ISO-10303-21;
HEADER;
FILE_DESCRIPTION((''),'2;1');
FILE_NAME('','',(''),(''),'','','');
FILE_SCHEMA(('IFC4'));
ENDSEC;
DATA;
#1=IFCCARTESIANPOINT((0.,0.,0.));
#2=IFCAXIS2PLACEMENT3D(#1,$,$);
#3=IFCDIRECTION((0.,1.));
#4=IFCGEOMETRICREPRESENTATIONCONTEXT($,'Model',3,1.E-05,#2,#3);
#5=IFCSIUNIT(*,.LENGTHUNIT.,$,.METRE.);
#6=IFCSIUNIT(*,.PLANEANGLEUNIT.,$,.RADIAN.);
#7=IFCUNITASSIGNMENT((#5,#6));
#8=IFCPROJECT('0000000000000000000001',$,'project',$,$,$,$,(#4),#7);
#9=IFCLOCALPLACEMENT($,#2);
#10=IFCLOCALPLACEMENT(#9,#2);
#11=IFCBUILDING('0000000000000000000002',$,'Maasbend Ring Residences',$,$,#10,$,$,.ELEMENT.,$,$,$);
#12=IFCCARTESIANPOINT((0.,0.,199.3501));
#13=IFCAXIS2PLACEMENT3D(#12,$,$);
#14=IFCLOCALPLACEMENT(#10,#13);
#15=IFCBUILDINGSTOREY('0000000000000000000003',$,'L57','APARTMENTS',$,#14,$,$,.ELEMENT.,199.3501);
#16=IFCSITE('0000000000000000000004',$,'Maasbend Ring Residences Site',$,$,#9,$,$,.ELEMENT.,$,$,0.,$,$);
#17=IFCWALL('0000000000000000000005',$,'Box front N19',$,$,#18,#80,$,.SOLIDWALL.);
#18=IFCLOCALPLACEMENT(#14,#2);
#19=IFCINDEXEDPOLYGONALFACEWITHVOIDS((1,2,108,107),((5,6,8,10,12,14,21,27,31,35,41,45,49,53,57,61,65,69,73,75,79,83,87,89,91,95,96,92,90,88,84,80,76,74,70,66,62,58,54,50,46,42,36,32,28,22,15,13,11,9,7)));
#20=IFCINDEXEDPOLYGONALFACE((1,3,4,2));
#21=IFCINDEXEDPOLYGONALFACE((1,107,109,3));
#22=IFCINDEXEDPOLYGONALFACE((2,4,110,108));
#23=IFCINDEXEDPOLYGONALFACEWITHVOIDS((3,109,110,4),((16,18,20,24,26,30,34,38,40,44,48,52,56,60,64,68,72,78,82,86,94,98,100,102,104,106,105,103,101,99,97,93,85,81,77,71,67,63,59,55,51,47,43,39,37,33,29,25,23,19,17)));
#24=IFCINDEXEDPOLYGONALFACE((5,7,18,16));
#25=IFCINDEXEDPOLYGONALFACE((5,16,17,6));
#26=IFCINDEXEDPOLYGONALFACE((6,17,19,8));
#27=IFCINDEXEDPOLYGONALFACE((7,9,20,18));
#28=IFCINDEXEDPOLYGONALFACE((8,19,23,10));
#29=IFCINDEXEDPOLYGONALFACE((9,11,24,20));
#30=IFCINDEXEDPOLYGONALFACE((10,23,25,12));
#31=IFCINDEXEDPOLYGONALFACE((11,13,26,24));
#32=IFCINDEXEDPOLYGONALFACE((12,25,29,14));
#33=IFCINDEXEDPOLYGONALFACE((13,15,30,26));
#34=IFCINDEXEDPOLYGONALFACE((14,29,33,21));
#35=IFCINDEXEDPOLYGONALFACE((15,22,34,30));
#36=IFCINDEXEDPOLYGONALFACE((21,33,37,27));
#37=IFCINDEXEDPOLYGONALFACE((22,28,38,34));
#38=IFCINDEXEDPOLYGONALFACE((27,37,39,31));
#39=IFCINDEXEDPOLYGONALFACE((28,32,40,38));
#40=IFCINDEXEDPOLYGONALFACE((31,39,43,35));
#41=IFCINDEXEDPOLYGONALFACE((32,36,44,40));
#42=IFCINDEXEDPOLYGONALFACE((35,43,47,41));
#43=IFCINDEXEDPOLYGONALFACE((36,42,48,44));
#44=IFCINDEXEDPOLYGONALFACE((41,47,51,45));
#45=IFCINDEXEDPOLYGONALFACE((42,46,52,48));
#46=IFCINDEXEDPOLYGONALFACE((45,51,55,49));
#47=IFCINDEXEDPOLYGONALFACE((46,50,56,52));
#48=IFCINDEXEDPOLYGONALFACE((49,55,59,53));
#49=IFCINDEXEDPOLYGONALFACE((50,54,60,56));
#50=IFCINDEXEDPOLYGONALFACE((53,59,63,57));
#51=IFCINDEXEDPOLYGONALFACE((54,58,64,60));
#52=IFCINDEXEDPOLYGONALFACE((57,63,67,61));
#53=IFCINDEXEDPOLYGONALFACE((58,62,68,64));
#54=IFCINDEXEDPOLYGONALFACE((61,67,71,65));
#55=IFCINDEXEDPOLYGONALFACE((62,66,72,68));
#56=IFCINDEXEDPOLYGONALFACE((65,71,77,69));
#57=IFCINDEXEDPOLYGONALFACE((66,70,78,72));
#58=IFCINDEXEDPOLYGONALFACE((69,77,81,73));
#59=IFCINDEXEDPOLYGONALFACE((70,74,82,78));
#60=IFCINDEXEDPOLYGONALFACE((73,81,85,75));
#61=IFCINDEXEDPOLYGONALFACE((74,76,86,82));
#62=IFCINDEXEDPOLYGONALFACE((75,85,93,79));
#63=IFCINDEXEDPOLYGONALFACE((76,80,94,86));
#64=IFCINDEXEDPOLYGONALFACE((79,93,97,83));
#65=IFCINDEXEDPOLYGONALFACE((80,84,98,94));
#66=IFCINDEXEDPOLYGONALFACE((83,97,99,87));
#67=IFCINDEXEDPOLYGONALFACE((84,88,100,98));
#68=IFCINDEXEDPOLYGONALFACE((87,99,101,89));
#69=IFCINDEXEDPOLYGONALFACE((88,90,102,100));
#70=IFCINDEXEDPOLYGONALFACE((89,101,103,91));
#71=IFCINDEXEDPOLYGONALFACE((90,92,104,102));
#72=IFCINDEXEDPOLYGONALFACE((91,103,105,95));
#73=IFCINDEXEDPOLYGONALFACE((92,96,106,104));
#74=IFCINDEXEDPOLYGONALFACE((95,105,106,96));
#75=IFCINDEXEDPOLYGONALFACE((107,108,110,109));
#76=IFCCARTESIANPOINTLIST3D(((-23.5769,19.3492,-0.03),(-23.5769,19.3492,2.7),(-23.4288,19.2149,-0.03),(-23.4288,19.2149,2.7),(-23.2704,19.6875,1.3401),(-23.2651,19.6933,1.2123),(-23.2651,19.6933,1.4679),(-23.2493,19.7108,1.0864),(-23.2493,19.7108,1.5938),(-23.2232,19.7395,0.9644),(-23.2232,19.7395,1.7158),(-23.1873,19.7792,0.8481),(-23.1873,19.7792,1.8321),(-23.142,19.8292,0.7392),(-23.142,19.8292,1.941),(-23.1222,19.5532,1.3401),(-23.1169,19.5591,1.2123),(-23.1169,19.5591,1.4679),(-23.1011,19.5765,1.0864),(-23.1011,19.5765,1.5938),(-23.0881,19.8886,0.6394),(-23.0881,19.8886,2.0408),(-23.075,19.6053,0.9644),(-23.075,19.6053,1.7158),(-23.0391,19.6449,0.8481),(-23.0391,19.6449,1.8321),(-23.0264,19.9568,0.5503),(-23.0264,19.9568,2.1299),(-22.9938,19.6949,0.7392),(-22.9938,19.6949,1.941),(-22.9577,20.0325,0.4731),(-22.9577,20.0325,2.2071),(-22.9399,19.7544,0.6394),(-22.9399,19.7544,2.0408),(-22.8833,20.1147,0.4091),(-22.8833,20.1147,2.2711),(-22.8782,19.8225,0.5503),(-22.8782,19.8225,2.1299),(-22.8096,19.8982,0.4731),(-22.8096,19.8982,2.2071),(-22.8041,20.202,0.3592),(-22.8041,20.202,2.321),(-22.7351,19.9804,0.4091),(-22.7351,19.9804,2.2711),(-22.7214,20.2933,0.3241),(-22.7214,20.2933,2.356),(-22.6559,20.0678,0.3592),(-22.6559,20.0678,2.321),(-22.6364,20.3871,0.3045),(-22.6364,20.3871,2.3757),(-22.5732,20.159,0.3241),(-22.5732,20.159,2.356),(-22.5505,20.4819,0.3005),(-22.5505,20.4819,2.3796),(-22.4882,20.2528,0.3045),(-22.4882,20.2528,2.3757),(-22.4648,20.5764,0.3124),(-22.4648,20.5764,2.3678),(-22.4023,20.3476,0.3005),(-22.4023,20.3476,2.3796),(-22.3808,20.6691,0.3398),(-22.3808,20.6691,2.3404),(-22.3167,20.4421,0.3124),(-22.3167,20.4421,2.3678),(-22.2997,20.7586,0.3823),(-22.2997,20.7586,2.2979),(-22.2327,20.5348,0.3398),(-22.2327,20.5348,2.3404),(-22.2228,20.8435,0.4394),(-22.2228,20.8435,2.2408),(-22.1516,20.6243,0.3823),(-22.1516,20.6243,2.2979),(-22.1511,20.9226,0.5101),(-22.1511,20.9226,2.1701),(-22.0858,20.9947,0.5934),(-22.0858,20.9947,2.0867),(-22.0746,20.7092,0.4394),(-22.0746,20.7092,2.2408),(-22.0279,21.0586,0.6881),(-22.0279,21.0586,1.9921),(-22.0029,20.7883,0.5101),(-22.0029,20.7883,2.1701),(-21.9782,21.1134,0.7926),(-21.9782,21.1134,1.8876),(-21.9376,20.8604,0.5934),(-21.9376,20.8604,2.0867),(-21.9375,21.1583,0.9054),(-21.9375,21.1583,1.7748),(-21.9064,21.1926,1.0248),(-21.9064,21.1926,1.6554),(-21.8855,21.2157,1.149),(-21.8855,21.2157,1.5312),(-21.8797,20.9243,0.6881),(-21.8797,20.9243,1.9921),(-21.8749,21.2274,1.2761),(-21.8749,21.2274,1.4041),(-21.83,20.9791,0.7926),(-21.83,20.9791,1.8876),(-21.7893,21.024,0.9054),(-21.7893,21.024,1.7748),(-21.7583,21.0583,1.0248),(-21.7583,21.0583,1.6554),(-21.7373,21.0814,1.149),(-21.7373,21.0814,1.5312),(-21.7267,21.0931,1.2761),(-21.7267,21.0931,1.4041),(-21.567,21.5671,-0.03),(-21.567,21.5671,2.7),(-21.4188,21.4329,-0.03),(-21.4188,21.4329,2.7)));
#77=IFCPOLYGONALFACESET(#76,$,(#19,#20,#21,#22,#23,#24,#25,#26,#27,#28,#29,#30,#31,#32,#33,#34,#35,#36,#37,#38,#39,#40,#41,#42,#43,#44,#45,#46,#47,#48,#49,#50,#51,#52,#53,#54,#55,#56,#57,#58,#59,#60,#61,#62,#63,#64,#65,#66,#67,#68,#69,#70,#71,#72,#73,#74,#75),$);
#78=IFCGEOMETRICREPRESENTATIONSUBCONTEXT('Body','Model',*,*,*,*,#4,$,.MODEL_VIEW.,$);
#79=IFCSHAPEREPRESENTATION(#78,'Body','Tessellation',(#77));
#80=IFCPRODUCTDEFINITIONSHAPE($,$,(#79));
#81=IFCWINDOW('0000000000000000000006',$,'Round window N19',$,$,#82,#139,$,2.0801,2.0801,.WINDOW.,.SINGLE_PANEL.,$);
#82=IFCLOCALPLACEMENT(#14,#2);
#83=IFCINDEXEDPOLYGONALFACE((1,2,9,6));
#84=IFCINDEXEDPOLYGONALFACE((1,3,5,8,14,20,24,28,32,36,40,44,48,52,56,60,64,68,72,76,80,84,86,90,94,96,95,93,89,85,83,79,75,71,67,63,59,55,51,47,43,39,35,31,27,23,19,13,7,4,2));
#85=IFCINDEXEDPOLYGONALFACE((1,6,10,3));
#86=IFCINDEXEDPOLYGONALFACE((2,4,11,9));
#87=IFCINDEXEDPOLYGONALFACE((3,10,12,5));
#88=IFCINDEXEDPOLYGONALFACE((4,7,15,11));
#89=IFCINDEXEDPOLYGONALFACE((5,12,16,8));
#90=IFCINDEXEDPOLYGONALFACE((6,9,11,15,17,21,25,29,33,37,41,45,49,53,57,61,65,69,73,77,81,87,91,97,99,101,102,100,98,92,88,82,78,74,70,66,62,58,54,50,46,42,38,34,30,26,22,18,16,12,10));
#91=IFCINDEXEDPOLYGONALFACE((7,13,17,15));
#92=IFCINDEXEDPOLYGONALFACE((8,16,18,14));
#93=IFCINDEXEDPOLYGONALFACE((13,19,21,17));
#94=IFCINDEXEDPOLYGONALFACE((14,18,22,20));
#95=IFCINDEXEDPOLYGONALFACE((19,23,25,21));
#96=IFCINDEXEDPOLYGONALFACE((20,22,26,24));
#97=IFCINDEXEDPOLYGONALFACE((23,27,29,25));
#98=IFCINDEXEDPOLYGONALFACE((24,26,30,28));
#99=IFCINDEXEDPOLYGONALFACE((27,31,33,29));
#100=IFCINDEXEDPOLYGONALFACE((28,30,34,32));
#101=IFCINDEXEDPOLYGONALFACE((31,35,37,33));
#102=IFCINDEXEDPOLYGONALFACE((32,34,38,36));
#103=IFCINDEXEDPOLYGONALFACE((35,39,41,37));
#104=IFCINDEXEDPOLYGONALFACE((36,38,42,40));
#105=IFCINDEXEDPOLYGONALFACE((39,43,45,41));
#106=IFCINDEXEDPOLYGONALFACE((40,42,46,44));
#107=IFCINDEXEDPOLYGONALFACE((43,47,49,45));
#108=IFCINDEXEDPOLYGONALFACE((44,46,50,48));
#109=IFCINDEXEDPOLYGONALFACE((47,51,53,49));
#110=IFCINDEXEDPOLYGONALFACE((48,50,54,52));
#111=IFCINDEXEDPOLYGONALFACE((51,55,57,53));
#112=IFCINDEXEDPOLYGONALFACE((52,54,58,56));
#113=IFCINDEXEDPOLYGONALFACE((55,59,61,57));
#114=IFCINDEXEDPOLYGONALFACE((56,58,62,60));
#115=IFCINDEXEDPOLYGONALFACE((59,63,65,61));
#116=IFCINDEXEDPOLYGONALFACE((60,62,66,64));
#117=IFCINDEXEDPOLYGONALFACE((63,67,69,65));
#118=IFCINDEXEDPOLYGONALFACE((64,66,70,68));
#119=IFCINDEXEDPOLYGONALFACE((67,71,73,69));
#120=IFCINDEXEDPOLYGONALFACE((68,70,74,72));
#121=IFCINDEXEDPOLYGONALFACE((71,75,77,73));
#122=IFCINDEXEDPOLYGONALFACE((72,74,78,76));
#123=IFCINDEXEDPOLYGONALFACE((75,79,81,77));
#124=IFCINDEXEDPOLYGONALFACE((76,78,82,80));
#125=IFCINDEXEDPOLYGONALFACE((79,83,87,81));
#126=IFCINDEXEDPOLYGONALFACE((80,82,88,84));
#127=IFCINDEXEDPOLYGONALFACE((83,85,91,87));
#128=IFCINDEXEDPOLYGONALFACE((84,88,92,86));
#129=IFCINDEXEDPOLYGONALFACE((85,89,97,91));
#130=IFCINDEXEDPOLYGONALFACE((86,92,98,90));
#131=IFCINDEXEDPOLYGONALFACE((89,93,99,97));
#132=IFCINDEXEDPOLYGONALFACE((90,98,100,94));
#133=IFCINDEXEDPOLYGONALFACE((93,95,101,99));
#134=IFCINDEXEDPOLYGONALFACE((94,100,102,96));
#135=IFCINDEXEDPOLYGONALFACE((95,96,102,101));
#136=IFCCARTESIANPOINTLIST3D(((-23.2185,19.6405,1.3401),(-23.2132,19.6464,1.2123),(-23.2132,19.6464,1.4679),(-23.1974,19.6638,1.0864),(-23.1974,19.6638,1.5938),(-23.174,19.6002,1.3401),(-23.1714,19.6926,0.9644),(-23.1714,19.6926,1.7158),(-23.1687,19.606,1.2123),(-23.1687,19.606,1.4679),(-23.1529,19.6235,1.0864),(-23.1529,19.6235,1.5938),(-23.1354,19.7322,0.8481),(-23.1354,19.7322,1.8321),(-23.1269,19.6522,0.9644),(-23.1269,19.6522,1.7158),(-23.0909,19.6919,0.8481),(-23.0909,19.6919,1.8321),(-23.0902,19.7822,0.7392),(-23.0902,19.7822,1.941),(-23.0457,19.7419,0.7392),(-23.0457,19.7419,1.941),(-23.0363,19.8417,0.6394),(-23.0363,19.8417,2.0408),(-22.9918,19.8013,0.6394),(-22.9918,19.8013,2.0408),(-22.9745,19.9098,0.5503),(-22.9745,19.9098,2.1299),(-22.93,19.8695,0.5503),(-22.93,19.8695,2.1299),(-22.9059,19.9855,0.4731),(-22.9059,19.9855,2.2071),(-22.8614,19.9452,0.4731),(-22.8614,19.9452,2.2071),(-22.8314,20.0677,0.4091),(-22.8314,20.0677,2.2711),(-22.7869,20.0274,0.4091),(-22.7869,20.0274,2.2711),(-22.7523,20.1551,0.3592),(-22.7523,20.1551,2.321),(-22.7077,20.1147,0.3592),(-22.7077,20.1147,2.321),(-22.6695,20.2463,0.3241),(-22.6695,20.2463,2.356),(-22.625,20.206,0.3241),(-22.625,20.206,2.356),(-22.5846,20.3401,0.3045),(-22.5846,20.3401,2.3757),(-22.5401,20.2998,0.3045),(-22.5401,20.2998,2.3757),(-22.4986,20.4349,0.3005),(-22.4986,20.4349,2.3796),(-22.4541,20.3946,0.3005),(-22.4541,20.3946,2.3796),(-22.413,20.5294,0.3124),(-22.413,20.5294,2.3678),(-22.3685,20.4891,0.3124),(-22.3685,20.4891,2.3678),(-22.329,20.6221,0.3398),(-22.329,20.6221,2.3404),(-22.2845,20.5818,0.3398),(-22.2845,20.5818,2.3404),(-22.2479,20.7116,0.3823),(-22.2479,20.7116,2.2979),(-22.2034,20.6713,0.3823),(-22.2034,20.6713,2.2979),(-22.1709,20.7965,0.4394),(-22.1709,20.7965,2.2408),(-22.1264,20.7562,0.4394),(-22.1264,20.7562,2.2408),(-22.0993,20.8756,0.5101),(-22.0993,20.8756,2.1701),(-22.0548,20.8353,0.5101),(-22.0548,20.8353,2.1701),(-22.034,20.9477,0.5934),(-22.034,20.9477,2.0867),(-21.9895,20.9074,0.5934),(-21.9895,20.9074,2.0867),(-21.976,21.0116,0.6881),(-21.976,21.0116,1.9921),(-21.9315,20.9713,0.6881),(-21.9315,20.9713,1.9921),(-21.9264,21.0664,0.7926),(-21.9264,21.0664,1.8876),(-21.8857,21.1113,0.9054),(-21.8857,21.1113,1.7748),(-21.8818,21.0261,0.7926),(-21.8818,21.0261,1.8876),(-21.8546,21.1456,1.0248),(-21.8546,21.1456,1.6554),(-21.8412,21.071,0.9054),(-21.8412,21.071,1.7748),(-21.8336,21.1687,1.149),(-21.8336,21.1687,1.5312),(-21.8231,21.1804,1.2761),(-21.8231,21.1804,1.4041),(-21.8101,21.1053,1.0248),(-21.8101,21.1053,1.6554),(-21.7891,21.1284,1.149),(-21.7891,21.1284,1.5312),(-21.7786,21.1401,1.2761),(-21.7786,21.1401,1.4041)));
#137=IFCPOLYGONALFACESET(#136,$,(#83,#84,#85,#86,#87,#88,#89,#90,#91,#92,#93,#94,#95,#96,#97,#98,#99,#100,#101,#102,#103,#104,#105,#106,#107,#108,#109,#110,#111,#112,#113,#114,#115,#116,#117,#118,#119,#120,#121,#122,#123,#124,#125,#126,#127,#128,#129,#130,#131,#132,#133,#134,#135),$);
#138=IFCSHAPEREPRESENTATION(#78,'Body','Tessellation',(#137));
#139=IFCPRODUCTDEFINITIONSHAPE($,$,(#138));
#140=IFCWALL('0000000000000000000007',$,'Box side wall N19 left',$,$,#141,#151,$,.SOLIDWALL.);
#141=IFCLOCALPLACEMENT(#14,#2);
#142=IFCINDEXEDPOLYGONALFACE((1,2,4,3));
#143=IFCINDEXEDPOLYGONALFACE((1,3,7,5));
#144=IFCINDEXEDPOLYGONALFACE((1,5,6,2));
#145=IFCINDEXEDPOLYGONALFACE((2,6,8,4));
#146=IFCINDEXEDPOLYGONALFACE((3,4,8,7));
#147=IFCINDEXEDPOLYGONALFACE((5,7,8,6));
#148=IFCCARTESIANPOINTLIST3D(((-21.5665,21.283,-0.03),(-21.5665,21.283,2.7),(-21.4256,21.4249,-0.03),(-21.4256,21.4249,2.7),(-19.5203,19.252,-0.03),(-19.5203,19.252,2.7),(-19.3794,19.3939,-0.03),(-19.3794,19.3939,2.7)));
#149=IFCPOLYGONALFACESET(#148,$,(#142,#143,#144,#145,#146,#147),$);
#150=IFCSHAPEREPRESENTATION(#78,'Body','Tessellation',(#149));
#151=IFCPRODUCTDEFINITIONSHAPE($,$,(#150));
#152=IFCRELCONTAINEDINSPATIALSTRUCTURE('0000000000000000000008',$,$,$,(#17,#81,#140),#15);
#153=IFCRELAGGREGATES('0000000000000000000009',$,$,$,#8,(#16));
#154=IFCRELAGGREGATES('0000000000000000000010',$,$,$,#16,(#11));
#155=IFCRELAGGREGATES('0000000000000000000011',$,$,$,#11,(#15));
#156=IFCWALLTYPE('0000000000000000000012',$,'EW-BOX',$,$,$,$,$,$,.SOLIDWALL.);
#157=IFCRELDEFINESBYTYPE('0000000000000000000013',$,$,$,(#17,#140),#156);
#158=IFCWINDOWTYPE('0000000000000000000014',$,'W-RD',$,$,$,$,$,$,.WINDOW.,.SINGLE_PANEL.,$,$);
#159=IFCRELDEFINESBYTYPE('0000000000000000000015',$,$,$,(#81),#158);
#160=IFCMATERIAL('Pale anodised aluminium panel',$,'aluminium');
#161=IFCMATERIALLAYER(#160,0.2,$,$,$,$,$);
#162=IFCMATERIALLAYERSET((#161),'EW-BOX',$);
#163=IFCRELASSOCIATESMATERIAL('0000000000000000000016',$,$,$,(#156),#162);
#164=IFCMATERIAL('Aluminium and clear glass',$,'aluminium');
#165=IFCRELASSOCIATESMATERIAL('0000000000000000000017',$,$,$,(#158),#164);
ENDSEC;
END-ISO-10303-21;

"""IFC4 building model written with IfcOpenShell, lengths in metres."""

from ifc_helpers import new_model, si_unit, direction, frame, frame_2d, origin, place, context, subcontext, project, spatial, rectangle, circle, extrude, material, layer, layer_set, type_object, element, fill, save


model = new_model("IFC4")

# Units and contexts
model_context = context("Model", 3, precision=1e-05, world=origin(), true_north=direction((0.0, 1.0)))
body_context = subcontext(model_context, "Body", "Model", "MODEL_VIEW")
ifc_project = project(units=[si_unit("LENGTHUNIT", "METRE"), si_unit("PLANEANGLEUNIT", "RADIAN")], contexts=[model_context])

# Site, building, storey
site_placement = place(None, origin())
site = spatial("IfcSite", under=ifc_project, at=site_placement, Name="Maasbend Ring Residences Site", CompositionType="ELEMENT", RefElevation=0.0)
building_placement = place(site_placement, origin())
building = spatial("IfcBuilding", under=site, at=building_placement, Name="Maasbend Ring Residences", CompositionType="ELEMENT")
storey_placement = place(building_placement, frame((0.0, 0.0, 199.3501)))
storey = spatial("IfcBuildingStorey", under=building, at=storey_placement, Name="L57", Description="APARTMENTS", CompositionType="ELEMENT", Elevation=199.3501)

# Shared definitions
ifc_material_1 = material(Name="Pale anodised aluminium panel", Category="aluminium")
ifc_layer_1 = layer(ifc_material_1, 0.2)
ifc_layer_set_1 = layer_set([ifc_layer_1], Name="EW-BOX")
wall_type_1 = type_object("IfcWallType", Name="EW-BOX", PredefinedType="SOLIDWALL", material=ifc_layer_set_1)

# Shared definitions
ifc_material_2 = material(Name="Aluminium and clear glass", Category="aluminium")
window_type_1 = type_object("IfcWindowType", Name="W-RD", PartitioningType="SINGLE_PANEL", PredefinedType="WINDOW", material=ifc_material_2)

# Wall, opening, window
wall_1_placement = place(storey_placement, frame((-21.4929, 21.5, -0.03), z_axis=(0.0, 0.0, 1.0), x_axis=(-0.671507, -0.740998, 0.0)))
wall_1 = element("IfcWall", 1, at=wall_1_placement, inside=storey, type_object=wall_type_1, Name="Box front N19", PredefinedType="SOLIDWALL", context=body_context, shape_type="SweptSolid", body=[
    extrude(rectangle(XDim=2.9932, YDim=0.2, at=frame_2d((1.4966, 0.0))), origin(), (0.0, 0.0, 1.0), 2.73),
])
opening_1_placement = place(wall_1_placement, frame((0.4565, 0.0, 0.3301)))
opening_1 = element("IfcOpeningElement", 2, at=opening_1_placement, cuts=wall_1, PredefinedType="OPENING", context=body_context, shape_type="SweptSolid", body=[
    extrude(circle(Radius=1.04, at=frame_2d((1.04, 1.04))), frame((0.0, 0.1099, 0.0), z_axis=(0.0, -1.0, 0.0), x_axis=(1.0, 0.0, 0.0)), (0.0, 0.0, 1.0), 0.22),
])
window_1_placement = place(opening_1_placement, origin())
window_1 = element("IfcWindow", 3, at=window_1_placement, inside=storey, type_object=window_type_1, Name="Round window N19", OverallHeight=2.0801, OverallWidth=2.0801, PartitioningType="SINGLE_PANEL", PredefinedType="WINDOW", context=body_context, shape_type="SweptSolid", body=[
    extrude(circle(Radius=1.04, at=frame_2d((1.04, 1.04))), frame((0.0, 0.03, 0.0), z_axis=(0.0, -1.0, 0.0), x_axis=(1.0, 0.0, 0.0)), (0.0, 0.0, 1.0), 0.0601),
])
fill(opening_1, window_1)

# Wall
wall_2_placement = place(storey_placement, frame((-19.45, 19.323, -0.03), z_axis=(0.0, 0.0, 1.0), x_axis=(-0.709727, 0.704477, 0.0)))
element("IfcWall", 4, at=wall_2_placement, inside=storey, type_object=wall_type_1, Name="Box side wall N19 left", PredefinedType="SOLIDWALL", context=body_context, shape_type="SweptSolid", body=[
    extrude(rectangle(XDim=2.8831, YDim=0.2, at=frame_2d((1.4414, 0.0))), origin(), (0.0, 0.0, 1.0), 2.73),
])

save(model, "model.ifc")
